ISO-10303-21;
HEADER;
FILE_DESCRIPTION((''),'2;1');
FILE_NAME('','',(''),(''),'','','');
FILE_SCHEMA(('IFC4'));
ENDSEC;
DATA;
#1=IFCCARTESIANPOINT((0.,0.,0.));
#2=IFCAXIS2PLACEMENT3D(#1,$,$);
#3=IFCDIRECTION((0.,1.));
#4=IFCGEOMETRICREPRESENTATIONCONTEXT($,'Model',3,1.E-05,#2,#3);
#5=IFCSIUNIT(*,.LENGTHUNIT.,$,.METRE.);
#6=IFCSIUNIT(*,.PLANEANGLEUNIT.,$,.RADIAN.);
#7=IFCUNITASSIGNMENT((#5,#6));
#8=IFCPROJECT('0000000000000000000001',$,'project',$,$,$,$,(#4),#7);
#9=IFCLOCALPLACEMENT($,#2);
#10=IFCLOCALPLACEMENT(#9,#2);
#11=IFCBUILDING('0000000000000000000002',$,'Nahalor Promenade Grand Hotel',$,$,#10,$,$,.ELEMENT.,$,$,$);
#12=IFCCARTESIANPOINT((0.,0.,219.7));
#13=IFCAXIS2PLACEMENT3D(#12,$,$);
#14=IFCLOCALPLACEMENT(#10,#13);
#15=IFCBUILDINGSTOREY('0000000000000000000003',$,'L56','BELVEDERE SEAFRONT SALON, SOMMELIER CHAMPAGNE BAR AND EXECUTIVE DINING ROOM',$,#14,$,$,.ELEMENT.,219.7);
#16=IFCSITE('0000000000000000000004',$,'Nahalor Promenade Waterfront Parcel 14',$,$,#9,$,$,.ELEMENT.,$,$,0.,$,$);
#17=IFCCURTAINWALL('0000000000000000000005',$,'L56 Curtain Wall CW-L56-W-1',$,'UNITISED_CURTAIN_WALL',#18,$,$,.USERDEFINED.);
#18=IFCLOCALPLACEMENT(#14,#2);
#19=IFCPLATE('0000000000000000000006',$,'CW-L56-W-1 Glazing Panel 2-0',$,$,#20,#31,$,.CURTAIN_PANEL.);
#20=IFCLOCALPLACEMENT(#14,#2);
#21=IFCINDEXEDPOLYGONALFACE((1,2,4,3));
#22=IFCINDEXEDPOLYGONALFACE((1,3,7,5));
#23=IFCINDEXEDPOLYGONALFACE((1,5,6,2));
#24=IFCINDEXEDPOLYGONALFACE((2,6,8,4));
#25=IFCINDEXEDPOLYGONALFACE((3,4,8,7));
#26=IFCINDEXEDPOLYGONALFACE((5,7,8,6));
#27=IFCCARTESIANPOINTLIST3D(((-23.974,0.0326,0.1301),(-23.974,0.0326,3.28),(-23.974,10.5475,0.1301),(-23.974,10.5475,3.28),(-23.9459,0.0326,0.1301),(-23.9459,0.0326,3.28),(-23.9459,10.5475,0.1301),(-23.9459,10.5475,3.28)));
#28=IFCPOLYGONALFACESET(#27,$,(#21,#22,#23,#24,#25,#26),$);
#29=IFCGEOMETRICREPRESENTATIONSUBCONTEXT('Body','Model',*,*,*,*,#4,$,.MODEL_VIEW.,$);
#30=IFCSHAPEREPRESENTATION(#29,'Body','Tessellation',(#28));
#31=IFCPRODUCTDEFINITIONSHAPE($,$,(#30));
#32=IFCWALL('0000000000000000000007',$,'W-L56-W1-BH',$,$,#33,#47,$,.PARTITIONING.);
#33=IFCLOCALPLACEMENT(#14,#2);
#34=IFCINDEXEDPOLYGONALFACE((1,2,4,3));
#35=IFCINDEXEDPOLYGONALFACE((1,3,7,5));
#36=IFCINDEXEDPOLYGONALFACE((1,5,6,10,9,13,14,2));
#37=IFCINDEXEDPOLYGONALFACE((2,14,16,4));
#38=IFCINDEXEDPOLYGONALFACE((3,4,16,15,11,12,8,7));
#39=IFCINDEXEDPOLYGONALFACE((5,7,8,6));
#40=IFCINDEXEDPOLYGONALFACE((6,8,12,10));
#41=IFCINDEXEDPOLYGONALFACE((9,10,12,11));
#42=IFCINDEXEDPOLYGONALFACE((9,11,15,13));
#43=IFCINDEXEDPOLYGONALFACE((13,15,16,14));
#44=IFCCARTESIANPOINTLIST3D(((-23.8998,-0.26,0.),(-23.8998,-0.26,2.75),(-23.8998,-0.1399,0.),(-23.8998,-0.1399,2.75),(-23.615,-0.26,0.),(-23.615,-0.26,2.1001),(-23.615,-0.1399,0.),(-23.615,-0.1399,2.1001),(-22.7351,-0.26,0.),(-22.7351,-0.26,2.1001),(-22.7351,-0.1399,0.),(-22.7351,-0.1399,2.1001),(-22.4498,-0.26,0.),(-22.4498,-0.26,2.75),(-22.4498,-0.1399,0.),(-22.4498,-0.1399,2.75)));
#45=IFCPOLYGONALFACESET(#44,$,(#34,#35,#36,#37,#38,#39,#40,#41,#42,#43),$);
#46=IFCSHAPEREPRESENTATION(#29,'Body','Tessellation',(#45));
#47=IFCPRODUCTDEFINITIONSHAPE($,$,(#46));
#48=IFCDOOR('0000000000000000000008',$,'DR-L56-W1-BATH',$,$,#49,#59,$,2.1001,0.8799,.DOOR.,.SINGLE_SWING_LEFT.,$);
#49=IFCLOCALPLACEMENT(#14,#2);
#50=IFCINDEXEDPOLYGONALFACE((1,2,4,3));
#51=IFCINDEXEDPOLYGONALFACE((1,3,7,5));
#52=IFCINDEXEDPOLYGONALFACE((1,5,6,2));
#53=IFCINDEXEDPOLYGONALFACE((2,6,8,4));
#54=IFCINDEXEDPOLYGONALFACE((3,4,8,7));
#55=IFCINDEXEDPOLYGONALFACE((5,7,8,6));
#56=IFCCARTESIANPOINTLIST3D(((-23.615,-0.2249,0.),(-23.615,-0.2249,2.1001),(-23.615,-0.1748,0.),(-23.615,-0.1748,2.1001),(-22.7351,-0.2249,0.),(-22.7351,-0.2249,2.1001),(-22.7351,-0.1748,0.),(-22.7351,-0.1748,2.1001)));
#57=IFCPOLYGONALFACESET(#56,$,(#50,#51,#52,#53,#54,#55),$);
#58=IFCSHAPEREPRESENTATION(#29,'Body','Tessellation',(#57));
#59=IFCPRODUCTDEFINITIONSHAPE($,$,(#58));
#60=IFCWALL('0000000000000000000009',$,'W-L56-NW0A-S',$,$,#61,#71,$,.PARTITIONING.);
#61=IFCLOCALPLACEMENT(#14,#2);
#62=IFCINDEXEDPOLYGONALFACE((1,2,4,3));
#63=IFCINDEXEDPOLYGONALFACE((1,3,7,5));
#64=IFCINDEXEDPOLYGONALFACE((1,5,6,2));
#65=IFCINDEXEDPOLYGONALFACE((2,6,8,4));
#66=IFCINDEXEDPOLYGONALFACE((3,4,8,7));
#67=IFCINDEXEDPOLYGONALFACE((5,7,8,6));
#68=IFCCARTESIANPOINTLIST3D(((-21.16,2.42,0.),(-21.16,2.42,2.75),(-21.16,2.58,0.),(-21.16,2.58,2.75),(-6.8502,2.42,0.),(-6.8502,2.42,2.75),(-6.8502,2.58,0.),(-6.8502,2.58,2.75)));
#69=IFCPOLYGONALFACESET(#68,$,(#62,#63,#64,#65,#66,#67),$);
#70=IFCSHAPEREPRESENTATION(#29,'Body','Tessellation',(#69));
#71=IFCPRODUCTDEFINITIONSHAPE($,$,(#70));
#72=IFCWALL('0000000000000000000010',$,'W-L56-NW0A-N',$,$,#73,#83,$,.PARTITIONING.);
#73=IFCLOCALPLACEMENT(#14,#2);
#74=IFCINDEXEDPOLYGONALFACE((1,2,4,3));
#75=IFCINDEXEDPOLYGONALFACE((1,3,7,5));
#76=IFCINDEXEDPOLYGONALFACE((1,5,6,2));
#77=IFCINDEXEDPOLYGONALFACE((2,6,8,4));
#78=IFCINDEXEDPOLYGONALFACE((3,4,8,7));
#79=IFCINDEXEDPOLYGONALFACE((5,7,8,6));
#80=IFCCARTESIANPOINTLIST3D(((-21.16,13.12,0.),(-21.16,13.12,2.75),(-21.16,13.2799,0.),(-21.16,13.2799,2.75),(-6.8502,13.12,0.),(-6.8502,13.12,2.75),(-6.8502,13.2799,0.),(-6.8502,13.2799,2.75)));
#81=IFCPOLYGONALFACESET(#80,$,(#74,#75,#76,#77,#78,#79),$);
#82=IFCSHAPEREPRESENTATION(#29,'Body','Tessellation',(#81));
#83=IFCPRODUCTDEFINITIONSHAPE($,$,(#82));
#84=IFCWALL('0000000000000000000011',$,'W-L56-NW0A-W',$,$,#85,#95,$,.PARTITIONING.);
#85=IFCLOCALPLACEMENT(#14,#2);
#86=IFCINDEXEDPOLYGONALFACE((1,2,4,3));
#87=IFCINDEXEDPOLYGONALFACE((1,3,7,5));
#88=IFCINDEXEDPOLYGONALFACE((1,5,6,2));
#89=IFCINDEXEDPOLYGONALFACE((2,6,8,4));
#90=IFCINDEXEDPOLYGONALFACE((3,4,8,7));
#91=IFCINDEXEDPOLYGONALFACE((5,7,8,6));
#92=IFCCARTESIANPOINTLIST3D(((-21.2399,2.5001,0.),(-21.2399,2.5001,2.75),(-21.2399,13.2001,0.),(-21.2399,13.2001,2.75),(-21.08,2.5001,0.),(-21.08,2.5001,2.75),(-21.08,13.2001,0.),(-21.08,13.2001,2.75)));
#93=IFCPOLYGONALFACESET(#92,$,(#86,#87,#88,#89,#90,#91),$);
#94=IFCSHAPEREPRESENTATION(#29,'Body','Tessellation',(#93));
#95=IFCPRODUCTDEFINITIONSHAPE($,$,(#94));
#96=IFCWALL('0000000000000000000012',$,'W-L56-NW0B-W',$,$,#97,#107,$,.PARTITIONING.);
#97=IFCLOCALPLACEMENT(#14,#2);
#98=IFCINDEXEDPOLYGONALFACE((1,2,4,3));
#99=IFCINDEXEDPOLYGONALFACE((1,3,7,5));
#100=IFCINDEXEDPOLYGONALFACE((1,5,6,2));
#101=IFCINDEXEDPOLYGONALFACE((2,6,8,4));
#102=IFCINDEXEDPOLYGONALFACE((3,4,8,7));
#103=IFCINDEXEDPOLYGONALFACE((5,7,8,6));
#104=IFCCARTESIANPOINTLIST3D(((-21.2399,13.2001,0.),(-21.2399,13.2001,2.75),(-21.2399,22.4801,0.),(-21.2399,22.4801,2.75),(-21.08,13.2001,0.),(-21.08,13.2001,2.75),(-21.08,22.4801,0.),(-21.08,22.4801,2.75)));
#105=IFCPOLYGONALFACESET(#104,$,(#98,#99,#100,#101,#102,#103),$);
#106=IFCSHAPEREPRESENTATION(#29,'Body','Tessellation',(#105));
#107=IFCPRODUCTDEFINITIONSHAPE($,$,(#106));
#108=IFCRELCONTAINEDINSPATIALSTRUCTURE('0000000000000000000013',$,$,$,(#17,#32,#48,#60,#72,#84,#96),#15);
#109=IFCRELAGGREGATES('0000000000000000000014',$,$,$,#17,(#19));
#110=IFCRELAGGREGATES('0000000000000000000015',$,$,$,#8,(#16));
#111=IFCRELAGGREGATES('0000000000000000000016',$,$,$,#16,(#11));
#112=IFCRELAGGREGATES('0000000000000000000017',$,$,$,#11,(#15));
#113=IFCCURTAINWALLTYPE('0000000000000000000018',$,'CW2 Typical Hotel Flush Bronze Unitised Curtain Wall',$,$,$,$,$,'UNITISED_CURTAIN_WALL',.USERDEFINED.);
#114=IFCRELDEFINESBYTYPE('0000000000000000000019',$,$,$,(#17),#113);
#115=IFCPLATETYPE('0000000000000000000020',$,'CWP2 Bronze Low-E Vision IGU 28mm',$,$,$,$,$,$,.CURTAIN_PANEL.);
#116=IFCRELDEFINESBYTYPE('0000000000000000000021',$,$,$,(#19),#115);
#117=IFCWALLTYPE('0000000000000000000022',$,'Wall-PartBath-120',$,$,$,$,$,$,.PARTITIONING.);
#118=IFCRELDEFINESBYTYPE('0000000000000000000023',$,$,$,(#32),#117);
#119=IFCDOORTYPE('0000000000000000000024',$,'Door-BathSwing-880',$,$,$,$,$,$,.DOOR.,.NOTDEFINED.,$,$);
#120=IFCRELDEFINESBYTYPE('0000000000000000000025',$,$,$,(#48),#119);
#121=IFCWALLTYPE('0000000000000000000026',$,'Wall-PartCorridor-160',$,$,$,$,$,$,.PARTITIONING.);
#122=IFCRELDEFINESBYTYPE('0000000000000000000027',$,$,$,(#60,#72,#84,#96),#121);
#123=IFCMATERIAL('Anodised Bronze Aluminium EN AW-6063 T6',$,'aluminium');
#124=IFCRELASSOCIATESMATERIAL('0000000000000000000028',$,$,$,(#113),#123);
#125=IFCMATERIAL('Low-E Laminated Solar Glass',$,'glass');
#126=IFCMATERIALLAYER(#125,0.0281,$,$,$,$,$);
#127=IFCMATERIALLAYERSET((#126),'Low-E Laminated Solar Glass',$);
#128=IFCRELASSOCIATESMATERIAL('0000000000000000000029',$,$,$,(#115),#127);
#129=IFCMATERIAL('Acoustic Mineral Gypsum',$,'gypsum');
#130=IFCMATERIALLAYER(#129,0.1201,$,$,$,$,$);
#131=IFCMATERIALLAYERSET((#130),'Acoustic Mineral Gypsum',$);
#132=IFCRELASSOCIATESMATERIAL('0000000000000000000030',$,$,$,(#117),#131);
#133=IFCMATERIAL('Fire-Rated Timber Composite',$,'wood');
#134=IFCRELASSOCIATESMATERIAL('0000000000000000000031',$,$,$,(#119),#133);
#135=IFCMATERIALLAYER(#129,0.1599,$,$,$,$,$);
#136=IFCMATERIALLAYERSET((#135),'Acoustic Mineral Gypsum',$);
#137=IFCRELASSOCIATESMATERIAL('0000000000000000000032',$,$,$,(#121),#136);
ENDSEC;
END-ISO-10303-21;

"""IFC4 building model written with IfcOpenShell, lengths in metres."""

from ifc_helpers import new_model, si_unit, direction, frame, frame_2d, origin, origin_2d, place, context, subcontext, project, spatial, rectangle, extrude, source, transform, mapped, material, layer, layer_set, type_object, element, fill, aggregate, save


model = new_model("IFC4")

# Units and contexts
model_context = context("Model", 3, precision=1e-05, world=origin(), true_north=direction((0.0, 1.0)))
body_context = subcontext(model_context, "Body", "Model", "MODEL_VIEW")
ifc_project = project(units=[si_unit("LENGTHUNIT", "METRE"), si_unit("PLANEANGLEUNIT", "RADIAN")], contexts=[model_context])

# Site, building, storey
site_placement = place(None, origin())
site = spatial("IfcSite", under=ifc_project, at=site_placement, Name="Nahalor Promenade Waterfront Parcel 14", CompositionType="ELEMENT", RefElevation=0.0)
building_placement = place(site_placement, origin())
building = spatial("IfcBuilding", under=site, at=building_placement, Name="Nahalor Promenade Grand Hotel", CompositionType="ELEMENT")
storey_placement = place(building_placement, frame((0.0, 0.0, 219.7)))
storey = spatial("IfcBuildingStorey", under=building, at=storey_placement, Name="L56", Description="BELVEDERE SEAFRONT SALON, SOMMELIER CHAMPAGNE BAR AND EXECUTIVE DINING ROOM", CompositionType="ELEMENT", Elevation=219.7)

# Curtain wall, plate
ifc_material_1 = material(Name="Anodised Bronze Aluminium EN AW-6063 T6", Category="aluminium")
curtain_wall_type = type_object("IfcCurtainWallType", Name="CW2 Typical Hotel Flush Bronze Unitised Curtain Wall", ElementType="UNITISED_CURTAIN_WALL", PredefinedType="USERDEFINED", material=ifc_material_1)
curtain_wall_placement = place(storey_placement, origin())
curtain_wall = element("IfcCurtainWall", 1, at=curtain_wall_placement, inside=storey, type_object=curtain_wall_type, Name="L56 Curtain Wall CW-L56-W-1", ObjectType="UNITISED_CURTAIN_WALL", PredefinedType="USERDEFINED")
ifc_material_2 = material(Name="Low-E Laminated Solar Glass", Category="glass")
ifc_layer_1 = layer(ifc_material_2, 0.0281)
ifc_layer_set_1 = layer_set([ifc_layer_1], Name="Low-E Laminated Solar Glass")
plate_type = type_object("IfcPlateType", Name="CWP2 Bronze Low-E Vision IGU 28mm", PredefinedType="CURTAIN_PANEL", material=ifc_layer_set_1)
shared_shape_1 = source(origin(), body_context, "Body", "SweptSolid", [
    extrude(rectangle(XDim=10.5149, YDim=0.0281, at=origin_2d()), origin(), (0.0, 0.0, 1.0), 3.1499),
])
plate_1_placement = place(storey_placement, frame((-23.96, 5.29, 0.1301), z_axis=(0.0, 0.0, 1.0), x_axis=(0.0, 1.0, 0.0)))
plate_1 = element("IfcPlate", 2, at=plate_1_placement, type_object=plate_type, Name="CW-L56-W-1 Glazing Panel 2-0", PredefinedType="CURTAIN_PANEL", context=body_context, shape_type="MappedRepresentation", body=[
    mapped(shared_shape_1, transform((0.0, 0.0, 0.0), scale=1.0)),
])
aggregate(curtain_wall, [plate_1])

# Wall, opening, door
ifc_material_3 = material(Name="Acoustic Mineral Gypsum", Category="gypsum")
ifc_layer_2 = layer(ifc_material_3, 0.1201)
ifc_layer_set_2 = layer_set([ifc_layer_2], Name="Acoustic Mineral Gypsum")
wall_type_1 = type_object("IfcWallType", Name="Wall-PartBath-120", PredefinedType="PARTITIONING", material=ifc_layer_set_2)
shared_shape_2 = source(origin(), body_context, "Body", "SweptSolid", [
    extrude(rectangle(XDim=1.45, YDim=0.1201, at=frame_2d((0.7251, 0.0))), origin(), (0.0, 0.0, 1.0), 2.75),
])
wall_1_placement = place(storey_placement, frame((-23.8999, -0.2, 0.0), z_axis=(0.0, 0.0, 1.0), x_axis=(1.0, 0.0, 0.0)))
wall_1 = element("IfcWall", 3, at=wall_1_placement, inside=storey, type_object=wall_type_1, Name="W-L56-W1-BH", PredefinedType="PARTITIONING", context=body_context, shape_type="MappedRepresentation", body=[
    mapped(shared_shape_2, transform((0.0, 0.0, 0.0), scale=1.0)),
])
opening_placement = place(wall_1_placement, frame((0.2849, 0.0, 0.0)))
opening = element("IfcOpeningElement", 4, at=opening_placement, cuts=wall_1, PredefinedType="OPENING", context=body_context, shape_type="SweptSolid", body=[
    extrude(rectangle(XDim=0.8799, YDim=2.1001, at=frame_2d((0.4399, 1.05))), frame((0.0, 0.0701, 0.0), z_axis=(0.0, -1.0, 0.0), x_axis=(1.0, 0.0, 0.0)), (0.0, 0.0, 1.0), 0.1401),
])
ifc_material_4 = material(Name="Fire-Rated Timber Composite", Category="wood")
door_type = type_object("IfcDoorType", Name="Door-BathSwing-880", OperationType="NOTDEFINED", PredefinedType="DOOR", material=ifc_material_4)
shared_shape_3 = source(origin(), body_context, "Body", "SweptSolid", [
    extrude(rectangle(XDim=0.8799, YDim=2.1001, at=frame_2d((0.4399, 1.05))), frame((0.0, 0.0249, 0.0), z_axis=(0.0, -1.0, 0.0), x_axis=(1.0, 0.0, 0.0)), (0.0, 0.0, 1.0), 0.05),
])
door_placement = place(opening_placement, frame((0.8799, 0.0, 0.0), z_axis=(0.0, 0.0, 1.0), x_axis=(-1.0, 0.0, 0.0)))
door = element("IfcDoor", 5, at=door_placement, inside=storey, type_object=door_type, Name="DR-L56-W1-BATH", OperationType="SINGLE_SWING_LEFT", OverallHeight=2.1001, OverallWidth=0.8799, PredefinedType="DOOR", context=body_context, shape_type="MappedRepresentation", body=[
    mapped(shared_shape_3, transform((0.0, 0.0, 0.0), scale=1.0)),
])
fill(opening, door)

# Walls
ifc_layer_3 = layer(ifc_material_3, 0.1599)
ifc_layer_set_3 = layer_set([ifc_layer_3], Name="Acoustic Mineral Gypsum")
wall_type_2 = type_object("IfcWallType", Name="Wall-PartCorridor-160", PredefinedType="PARTITIONING", material=ifc_layer_set_3)
shared_shape_4 = source(origin(), body_context, "Body", "SweptSolid", [
    extrude(rectangle(XDim=14.3098, YDim=0.1599, at=frame_2d((7.1548, 0.0))), origin(), (0.0, 0.0, 1.0), 2.75),
])
for number, where, z_axis, x_axis, name in (
    (6, (-21.1599, 2.5, 0.0), (0.0, 0.0, 1.0), (1.0, 0.0, 0.0), "W-L56-NW0A-S"),
    (7, (-21.1599, 13.2, 0.0), (0.0, 0.0, 1.0), (1.0, 0.0, 0.0), "W-L56-NW0A-N"),
):
    element("IfcWall", number, at=place(storey_placement, frame(where, z_axis=z_axis, x_axis=x_axis)), inside=storey, type_object=wall_type_2, Name=name, PredefinedType="PARTITIONING", context=body_context, shape_type="MappedRepresentation", body=[
        mapped(shared_shape_4, transform((0.0, 0.0, 0.0), scale=1.0)),
    ])
shared_shape_5 = source(origin(), body_context, "Body", "SweptSolid", [
    extrude(rectangle(XDim=10.7, YDim=0.1599, at=frame_2d((5.3501, 0.0))), origin(), (0.0, 0.0, 1.0), 2.75),
])
wall_2_placement = place(storey_placement, frame((-21.1599, 2.5, 0.0), z_axis=(0.0, 0.0, 1.0), x_axis=(0.0, 1.0, 0.0)))
element("IfcWall", 8, at=wall_2_placement, inside=storey, type_object=wall_type_2, Name="W-L56-NW0A-W", PredefinedType="PARTITIONING", context=body_context, shape_type="MappedRepresentation", body=[
    mapped(shared_shape_5, transform((0.0, 0.0, 0.0), scale=1.0)),
])
shared_shape_6 = source(origin(), body_context, "Body", "SweptSolid", [
    extrude(rectangle(XDim=9.28, YDim=0.1599, at=frame_2d((4.6401, 0.0))), origin(), (0.0, 0.0, 1.0), 2.75),
])
wall_3_placement = place(storey_placement, frame((-21.1599, 13.2, 0.0), z_axis=(0.0, 0.0, 1.0), x_axis=(0.0, 1.0, 0.0)))
element("IfcWall", 9, at=wall_3_placement, inside=storey, type_object=wall_type_2, Name="W-L56-NW0B-W", PredefinedType="PARTITIONING", context=body_context, shape_type="MappedRepresentation", body=[
    mapped(shared_shape_6, transform((0.0, 0.0, 0.0), scale=1.0)),
])

save(model, "model.ifc")
